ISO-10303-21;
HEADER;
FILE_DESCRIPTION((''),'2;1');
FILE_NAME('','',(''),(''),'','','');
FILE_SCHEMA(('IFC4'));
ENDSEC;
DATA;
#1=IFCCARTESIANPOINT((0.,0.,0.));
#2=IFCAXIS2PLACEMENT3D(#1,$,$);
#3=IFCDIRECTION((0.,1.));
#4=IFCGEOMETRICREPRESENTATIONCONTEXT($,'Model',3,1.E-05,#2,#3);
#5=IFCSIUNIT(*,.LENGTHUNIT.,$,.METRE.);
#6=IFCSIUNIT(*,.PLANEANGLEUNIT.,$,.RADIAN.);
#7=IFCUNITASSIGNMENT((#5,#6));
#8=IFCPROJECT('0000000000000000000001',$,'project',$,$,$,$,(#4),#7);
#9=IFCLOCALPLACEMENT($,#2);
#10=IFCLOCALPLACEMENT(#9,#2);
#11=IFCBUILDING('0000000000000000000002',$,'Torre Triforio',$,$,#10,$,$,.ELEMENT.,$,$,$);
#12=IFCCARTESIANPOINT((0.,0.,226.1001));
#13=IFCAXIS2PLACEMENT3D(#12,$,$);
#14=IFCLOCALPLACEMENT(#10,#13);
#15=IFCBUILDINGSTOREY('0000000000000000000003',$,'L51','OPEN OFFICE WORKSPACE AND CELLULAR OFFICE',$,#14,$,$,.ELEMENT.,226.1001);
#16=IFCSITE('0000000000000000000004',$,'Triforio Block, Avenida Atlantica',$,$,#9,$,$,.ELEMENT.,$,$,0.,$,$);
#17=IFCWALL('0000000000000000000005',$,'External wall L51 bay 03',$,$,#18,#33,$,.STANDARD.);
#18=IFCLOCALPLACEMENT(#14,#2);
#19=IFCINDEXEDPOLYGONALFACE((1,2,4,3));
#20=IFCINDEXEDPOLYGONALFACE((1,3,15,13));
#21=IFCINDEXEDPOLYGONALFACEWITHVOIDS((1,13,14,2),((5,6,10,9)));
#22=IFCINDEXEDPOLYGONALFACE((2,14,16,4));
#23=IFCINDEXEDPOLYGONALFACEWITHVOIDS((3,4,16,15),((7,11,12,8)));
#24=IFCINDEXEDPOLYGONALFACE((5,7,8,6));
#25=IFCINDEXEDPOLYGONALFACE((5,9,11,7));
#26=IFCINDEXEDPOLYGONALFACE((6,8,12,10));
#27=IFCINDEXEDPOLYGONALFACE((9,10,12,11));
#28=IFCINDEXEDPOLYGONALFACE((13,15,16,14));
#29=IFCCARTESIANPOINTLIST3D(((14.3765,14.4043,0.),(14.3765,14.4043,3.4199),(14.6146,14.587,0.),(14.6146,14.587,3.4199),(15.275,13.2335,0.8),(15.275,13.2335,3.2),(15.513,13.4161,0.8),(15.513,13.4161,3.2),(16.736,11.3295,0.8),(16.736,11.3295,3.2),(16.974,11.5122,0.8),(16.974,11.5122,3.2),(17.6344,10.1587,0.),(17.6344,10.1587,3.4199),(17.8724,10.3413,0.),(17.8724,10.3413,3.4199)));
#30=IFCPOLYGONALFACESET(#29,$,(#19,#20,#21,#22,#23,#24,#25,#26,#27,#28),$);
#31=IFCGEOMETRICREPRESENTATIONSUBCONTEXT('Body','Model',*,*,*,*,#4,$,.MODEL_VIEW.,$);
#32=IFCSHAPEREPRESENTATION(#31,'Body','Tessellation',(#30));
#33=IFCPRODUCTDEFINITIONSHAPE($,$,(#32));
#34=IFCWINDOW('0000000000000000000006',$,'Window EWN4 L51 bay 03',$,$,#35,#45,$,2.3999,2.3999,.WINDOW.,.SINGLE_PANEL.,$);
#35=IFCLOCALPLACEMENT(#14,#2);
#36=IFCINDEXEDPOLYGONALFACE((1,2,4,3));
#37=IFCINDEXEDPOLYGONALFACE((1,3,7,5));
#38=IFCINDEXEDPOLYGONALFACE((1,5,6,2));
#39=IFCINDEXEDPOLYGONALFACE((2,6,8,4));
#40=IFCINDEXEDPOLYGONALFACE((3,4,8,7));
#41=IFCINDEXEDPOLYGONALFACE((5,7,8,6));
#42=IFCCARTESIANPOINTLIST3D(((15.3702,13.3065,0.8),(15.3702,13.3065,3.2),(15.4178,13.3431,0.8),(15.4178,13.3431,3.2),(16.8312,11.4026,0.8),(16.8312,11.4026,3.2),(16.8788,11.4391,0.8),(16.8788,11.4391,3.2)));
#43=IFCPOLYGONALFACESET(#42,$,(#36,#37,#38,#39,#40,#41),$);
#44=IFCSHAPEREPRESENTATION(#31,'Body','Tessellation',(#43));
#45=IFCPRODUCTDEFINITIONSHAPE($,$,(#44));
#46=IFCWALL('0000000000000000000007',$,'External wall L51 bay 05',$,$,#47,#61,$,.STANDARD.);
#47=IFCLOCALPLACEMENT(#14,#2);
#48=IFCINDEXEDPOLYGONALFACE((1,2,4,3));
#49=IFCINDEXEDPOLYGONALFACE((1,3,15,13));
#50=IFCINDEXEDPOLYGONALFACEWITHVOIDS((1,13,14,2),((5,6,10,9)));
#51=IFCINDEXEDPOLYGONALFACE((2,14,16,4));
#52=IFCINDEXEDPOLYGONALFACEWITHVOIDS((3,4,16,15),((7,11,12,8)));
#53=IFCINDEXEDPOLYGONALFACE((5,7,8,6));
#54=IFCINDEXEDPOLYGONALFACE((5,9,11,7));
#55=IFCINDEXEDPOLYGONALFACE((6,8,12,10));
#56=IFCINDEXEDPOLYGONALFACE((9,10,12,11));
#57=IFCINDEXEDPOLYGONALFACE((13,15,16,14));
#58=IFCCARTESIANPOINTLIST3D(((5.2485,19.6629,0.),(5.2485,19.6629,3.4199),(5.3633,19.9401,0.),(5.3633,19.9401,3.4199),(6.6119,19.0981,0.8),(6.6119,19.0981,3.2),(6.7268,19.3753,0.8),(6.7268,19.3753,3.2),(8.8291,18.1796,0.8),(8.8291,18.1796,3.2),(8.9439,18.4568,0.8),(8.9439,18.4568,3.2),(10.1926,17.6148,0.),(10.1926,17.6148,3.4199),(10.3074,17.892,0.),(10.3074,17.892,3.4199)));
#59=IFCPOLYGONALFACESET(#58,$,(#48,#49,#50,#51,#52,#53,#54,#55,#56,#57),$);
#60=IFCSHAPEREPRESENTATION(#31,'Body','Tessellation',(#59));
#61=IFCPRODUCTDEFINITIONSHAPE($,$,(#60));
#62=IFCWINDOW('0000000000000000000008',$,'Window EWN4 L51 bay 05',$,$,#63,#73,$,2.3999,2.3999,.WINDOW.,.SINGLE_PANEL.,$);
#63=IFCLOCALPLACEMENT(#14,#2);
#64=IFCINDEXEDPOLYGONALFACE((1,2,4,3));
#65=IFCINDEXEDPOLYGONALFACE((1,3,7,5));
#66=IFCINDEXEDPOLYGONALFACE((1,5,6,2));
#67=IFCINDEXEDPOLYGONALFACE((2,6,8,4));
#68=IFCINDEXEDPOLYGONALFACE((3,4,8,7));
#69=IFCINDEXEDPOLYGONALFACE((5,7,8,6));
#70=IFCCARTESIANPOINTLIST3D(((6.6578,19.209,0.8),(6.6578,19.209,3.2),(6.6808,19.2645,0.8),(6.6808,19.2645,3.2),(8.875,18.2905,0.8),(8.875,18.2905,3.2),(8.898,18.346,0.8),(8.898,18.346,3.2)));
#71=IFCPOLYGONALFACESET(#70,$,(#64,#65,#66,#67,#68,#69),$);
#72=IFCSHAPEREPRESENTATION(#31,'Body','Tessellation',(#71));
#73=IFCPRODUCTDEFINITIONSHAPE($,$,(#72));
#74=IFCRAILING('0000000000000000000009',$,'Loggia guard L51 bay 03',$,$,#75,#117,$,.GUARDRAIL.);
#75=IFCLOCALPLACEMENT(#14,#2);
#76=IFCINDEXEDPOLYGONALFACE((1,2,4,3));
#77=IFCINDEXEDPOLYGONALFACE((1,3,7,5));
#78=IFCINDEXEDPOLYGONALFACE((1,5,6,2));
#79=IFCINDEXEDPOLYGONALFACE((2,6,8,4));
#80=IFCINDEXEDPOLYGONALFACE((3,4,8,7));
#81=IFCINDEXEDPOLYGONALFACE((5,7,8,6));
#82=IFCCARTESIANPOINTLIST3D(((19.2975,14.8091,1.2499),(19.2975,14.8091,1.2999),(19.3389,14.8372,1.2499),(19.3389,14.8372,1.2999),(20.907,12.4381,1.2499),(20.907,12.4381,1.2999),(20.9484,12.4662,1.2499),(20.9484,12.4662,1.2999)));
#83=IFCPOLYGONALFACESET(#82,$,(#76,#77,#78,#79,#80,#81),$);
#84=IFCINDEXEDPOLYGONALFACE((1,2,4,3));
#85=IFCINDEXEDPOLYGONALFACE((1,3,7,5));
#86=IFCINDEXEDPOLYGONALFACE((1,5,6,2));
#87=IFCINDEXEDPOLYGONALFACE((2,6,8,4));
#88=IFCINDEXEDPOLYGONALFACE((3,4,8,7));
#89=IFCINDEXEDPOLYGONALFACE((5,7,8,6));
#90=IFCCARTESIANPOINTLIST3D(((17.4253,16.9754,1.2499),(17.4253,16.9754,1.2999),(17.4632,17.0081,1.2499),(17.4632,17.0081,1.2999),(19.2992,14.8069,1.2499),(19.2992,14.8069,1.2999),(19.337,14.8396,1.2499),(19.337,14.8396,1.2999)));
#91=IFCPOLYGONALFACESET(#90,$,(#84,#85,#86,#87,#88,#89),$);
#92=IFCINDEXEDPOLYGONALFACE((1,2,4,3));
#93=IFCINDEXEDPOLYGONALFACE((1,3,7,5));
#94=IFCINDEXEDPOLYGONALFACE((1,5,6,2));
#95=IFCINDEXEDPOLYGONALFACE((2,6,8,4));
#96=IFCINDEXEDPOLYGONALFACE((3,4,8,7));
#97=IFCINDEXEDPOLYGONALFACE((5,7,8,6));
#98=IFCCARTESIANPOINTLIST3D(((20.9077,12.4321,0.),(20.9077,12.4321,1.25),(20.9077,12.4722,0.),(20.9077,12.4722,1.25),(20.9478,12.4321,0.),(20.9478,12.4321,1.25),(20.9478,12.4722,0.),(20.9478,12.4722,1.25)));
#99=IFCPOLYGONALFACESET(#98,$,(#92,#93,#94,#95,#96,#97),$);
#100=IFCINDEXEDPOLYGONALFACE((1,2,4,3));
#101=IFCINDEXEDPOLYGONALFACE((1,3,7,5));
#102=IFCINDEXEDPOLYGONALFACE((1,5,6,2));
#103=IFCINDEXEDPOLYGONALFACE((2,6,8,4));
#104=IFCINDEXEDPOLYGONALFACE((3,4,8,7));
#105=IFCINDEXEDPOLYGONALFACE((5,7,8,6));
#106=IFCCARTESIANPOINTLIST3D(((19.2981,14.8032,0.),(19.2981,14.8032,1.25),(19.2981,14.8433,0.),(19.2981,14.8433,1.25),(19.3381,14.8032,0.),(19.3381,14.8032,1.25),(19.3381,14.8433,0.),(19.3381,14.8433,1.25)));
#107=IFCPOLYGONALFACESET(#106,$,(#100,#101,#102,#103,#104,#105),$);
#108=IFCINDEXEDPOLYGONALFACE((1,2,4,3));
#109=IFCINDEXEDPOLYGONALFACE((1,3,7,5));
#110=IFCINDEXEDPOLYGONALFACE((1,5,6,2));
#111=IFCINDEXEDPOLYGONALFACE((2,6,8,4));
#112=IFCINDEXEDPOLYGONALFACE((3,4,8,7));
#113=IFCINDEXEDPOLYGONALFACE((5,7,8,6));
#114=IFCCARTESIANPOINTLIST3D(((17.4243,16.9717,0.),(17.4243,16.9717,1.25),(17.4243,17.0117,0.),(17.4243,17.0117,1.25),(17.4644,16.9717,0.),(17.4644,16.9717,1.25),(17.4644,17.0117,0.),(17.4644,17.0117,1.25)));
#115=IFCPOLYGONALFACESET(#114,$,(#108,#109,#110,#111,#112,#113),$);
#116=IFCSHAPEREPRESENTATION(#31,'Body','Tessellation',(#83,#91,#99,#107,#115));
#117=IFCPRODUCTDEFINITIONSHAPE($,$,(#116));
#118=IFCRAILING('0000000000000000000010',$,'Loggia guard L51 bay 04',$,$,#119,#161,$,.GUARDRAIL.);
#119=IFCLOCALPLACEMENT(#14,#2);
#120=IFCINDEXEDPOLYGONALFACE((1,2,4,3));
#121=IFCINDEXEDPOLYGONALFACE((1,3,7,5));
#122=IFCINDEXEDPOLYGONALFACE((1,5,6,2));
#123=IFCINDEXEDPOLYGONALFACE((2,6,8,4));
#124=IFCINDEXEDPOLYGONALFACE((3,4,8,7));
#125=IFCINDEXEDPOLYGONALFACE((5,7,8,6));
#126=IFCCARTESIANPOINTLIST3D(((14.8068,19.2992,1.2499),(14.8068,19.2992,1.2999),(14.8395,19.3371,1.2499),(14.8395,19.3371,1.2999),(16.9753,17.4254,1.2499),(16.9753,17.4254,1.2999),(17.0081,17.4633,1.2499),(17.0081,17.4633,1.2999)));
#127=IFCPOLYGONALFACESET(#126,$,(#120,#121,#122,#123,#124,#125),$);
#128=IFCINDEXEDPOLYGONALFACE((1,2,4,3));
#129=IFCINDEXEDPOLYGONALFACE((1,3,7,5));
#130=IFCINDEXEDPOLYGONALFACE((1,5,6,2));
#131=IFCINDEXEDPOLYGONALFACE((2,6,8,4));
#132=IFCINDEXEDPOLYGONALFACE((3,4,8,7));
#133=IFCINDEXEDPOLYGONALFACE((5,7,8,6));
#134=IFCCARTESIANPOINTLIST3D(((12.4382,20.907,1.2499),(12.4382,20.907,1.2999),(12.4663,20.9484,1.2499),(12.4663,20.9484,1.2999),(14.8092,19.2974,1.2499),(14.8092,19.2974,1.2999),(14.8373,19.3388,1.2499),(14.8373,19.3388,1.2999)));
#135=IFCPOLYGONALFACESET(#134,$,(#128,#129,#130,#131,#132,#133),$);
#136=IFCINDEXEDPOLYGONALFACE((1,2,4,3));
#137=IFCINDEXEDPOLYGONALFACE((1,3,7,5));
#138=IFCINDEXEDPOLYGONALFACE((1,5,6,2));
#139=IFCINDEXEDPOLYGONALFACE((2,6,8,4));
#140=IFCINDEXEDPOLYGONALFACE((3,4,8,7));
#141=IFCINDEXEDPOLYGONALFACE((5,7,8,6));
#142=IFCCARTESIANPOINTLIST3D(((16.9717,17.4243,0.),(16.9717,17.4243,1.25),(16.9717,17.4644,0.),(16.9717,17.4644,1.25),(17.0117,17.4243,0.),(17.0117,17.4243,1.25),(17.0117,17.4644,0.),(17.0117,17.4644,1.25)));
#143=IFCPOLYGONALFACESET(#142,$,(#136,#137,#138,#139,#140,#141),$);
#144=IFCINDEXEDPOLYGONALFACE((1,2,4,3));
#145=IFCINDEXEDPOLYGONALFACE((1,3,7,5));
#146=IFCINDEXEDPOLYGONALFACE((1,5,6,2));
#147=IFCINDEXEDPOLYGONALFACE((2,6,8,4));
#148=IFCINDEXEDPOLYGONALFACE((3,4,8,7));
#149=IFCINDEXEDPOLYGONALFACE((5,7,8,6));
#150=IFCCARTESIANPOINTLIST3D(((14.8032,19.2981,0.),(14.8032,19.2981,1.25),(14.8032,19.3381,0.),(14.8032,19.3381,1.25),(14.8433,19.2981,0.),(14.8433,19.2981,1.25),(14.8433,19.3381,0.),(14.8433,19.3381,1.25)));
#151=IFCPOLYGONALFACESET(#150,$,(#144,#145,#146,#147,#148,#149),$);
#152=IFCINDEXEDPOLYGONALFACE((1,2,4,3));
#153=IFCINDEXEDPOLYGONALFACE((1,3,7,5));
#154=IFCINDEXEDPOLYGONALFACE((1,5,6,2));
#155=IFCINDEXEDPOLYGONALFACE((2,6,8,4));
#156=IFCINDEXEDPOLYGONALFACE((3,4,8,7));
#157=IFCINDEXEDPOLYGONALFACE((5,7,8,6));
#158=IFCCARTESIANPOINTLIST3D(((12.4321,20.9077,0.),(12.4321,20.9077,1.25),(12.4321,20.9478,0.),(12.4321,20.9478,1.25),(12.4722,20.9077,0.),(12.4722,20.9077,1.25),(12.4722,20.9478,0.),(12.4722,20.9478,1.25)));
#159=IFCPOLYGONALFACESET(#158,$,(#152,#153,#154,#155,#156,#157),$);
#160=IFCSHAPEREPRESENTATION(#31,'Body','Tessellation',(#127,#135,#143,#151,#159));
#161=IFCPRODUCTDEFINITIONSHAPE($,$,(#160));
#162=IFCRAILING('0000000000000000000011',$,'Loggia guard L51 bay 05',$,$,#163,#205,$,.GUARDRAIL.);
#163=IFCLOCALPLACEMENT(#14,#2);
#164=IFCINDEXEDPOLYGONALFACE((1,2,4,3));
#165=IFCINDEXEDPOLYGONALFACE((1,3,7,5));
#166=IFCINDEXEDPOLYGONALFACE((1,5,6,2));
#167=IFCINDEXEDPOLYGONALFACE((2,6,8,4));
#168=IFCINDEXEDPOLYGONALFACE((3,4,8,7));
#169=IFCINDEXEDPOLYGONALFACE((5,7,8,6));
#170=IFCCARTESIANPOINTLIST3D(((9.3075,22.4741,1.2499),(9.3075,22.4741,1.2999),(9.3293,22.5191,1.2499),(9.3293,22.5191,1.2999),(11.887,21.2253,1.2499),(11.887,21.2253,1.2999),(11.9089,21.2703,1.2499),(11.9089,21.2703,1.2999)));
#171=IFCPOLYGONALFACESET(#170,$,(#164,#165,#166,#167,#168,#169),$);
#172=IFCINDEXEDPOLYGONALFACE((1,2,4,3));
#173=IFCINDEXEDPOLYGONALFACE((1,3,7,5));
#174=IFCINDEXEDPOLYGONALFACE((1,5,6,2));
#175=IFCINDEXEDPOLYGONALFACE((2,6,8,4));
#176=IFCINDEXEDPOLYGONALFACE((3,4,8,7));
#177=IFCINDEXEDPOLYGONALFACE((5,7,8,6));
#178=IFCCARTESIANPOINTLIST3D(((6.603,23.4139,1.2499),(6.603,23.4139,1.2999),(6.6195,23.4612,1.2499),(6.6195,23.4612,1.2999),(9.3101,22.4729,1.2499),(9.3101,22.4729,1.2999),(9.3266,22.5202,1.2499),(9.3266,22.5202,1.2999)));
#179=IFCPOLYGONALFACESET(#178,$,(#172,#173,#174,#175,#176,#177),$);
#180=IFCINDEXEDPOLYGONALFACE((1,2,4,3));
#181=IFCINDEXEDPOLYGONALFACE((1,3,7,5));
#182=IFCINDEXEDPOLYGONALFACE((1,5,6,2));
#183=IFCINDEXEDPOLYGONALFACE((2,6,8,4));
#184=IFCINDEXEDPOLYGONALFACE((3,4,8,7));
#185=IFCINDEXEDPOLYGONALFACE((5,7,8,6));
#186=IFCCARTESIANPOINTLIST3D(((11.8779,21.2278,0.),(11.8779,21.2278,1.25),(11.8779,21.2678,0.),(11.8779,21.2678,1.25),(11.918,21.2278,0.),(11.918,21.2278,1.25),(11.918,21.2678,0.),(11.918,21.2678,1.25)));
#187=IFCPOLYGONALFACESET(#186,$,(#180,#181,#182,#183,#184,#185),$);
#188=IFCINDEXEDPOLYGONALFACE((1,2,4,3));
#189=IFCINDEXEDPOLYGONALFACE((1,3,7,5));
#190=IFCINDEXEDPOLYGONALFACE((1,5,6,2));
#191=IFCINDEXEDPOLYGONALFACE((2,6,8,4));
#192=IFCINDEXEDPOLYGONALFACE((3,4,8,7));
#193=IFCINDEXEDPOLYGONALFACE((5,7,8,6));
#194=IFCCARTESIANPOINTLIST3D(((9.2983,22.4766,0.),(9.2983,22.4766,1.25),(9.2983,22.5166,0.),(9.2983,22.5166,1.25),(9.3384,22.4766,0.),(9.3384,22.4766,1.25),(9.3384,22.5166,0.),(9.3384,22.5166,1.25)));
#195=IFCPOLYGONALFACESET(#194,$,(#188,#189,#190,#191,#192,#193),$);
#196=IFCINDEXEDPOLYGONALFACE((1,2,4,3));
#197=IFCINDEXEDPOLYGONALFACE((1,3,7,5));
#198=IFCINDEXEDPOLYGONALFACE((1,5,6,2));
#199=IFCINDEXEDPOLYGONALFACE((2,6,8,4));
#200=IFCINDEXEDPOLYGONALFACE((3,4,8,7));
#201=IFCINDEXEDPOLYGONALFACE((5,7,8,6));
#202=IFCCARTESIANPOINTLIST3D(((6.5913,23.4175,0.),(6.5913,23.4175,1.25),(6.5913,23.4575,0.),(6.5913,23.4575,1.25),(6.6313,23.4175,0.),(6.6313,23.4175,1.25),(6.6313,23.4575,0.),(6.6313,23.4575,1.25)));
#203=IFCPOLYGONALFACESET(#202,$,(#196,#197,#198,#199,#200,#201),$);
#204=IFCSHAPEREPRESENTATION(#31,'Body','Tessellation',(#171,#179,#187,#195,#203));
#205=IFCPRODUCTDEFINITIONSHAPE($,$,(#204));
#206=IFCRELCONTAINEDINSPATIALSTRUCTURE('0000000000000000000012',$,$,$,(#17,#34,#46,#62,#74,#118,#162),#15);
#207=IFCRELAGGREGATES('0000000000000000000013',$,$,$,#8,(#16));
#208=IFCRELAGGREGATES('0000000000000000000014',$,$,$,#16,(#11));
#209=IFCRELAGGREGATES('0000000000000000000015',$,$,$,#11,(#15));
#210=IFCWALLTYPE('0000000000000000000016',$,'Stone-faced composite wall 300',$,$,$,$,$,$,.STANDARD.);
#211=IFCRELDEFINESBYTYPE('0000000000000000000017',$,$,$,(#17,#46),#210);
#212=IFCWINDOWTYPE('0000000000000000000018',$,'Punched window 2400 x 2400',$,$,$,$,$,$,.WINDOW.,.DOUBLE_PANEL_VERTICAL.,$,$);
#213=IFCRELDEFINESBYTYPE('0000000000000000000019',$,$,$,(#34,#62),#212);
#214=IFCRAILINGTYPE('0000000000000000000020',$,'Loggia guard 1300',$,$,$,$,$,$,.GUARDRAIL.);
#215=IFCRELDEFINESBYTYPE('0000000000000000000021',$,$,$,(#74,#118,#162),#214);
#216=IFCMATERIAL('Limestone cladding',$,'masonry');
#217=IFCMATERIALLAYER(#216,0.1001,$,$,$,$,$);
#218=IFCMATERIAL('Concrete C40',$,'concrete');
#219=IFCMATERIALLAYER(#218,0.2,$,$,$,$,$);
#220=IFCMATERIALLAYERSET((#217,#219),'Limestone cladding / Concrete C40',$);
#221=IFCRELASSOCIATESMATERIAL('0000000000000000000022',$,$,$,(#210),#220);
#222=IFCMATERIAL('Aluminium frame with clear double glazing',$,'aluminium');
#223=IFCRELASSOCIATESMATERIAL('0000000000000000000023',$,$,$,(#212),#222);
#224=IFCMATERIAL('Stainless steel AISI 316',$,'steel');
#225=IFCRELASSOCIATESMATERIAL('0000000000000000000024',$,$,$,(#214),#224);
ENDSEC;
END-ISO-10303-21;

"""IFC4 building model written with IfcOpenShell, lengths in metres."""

from ifc_helpers import new_model, si_unit, direction, frame, frame_2d, origin, origin_2d, place, context, subcontext, project, spatial, rectangle, extrude, material, layer, layer_set, type_object, element, fill, save


model = new_model("IFC4")

# Units and contexts
model_context = context("Model", 3, precision=1e-05, world=origin(), true_north=direction((0.0, 1.0)))
body_context = subcontext(model_context, "Body", "Model", "MODEL_VIEW")
ifc_project = project(units=[si_unit("LENGTHUNIT", "METRE"), si_unit("PLANEANGLEUNIT", "RADIAN")], contexts=[model_context])

# Site, building, storey
site_placement = place(None, origin())
site = spatial("IfcSite", under=ifc_project, at=site_placement, Name="Triforio Block, Avenida Atlantica", CompositionType="ELEMENT", RefElevation=0.0)
building_placement = place(site_placement, origin())
building = spatial("IfcBuilding", under=site, at=building_placement, Name="Torre Triforio", CompositionType="ELEMENT")
storey_placement = place(building_placement, frame((0.0, 0.0, 226.1001)))
storey = spatial("IfcBuildingStorey", under=building, at=storey_placement, Name="L51", Description="OPEN OFFICE WORKSPACE AND CELLULAR OFFICE", CompositionType="ELEMENT", Elevation=226.1001)

# Shared definitions
ifc_material_1 = material(Name="Concrete C40", Category="concrete")

# Shared definitions
ifc_material_2 = material(Name="Limestone cladding", Category="masonry")

# Wall, opening, window
ifc_layer_1 = layer(ifc_material_2, 0.1001)
ifc_layer_2 = layer(ifc_material_1, 0.2)
ifc_layer_set_1 = layer_set([ifc_layer_1, ifc_layer_2], Name="Limestone cladding / Concrete C40")
wall_type_1 = type_object("IfcWallType", Name="Stone-faced composite wall 300", PredefinedType="STANDARD", material=ifc_layer_set_1)
wall_1_placement = place(storey_placement, frame((17.7534, 10.25, 0.0), z_axis=(0.0, 0.0, 1.0), x_axis=(-0.608767, 0.793349, 0.0)))
wall_1 = element("IfcWall", 1, at=wall_1_placement, inside=storey, type_object=wall_type_1, Name="External wall L51 bay 03", PredefinedType="STANDARD", context=body_context, shape_type="SweptSolid", body=[
    extrude(rectangle(XDim=5.3516, YDim=0.3, at=frame_2d((2.6758, 0.0))), origin(), (0.0, 0.0, 1.0), 3.4199),
])
opening_1_placement = place(wall_1_placement, frame((1.4758, 0.0, 0.8)))
opening_1 = element("IfcOpeningElement", 2, at=opening_1_placement, cuts=wall_1, PredefinedType="OPENING", context=body_context, shape_type="SweptSolid", body=[
    extrude(rectangle(XDim=2.3999, YDim=2.3999, at=frame_2d((1.2, 1.2))), frame((0.0, 0.1599, 0.0), z_axis=(0.0, -1.0, 0.0), x_axis=(1.0, 0.0, 0.0)), (0.0, 0.0, 1.0), 0.3201),
])
ifc_material_3 = material(Name="Aluminium frame with clear double glazing", Category="aluminium")
window_type_1 = type_object("IfcWindowType", Name="Punched window 2400 x 2400", PartitioningType="DOUBLE_PANEL_VERTICAL", PredefinedType="WINDOW", material=ifc_material_3)
window_1_placement = place(opening_1_placement, origin())
window_1 = element("IfcWindow", 3, at=window_1_placement, inside=storey, type_object=window_type_1, Name="Window EWN4 L51 bay 03", OverallHeight=2.3999, OverallWidth=2.3999, PartitioningType="SINGLE_PANEL", PredefinedType="WINDOW", context=body_context, shape_type="SweptSolid", body=[
    extrude(rectangle(XDim=2.3999, YDim=2.3999, at=frame_2d((1.2, 1.2))), frame((0.0, 0.03, 0.0), z_axis=(0.0, -1.0, 0.0), x_axis=(1.0, 0.0, 0.0)), (0.0, 0.0, 1.0), 0.0601),
])
fill(opening_1, window_1)

# Wall, opening, window
wall_2_placement = place(storey_placement, frame((10.25, 17.7534, 0.0), z_axis=(0.0, 0.0, 1.0), x_axis=(-0.923867, 0.382713, 0.0)))
wall_2 = element("IfcWall", 4, at=wall_2_placement, inside=storey, type_object=wall_type_1, Name="External wall L51 bay 05", PredefinedType="STANDARD", context=body_context, shape_type="SweptSolid", body=[
    extrude(rectangle(XDim=5.3516, YDim=0.3, at=frame_2d((2.6758, 0.0))), origin(), (0.0, 0.0, 1.0), 3.4199),
])
opening_2_placement = place(wall_2_placement, frame((1.4758, 0.0, 0.8)))
opening_2 = element("IfcOpeningElement", 5, at=opening_2_placement, cuts=wall_2, PredefinedType="OPENING", context=body_context, shape_type="SweptSolid", body=[
    extrude(rectangle(XDim=2.3999, YDim=2.3999, at=frame_2d((1.2, 1.2))), frame((0.0, 0.1599, 0.0), z_axis=(0.0, -1.0, 0.0), x_axis=(1.0, 0.0, 0.0)), (0.0, 0.0, 1.0), 0.3201),
])
window_2_placement = place(opening_2_placement, origin())
window_2 = element("IfcWindow", 6, at=window_2_placement, inside=storey, type_object=window_type_1, Name="Window EWN4 L51 bay 05", OverallHeight=2.3999, OverallWidth=2.3999, PartitioningType="SINGLE_PANEL", PredefinedType="WINDOW", context=body_context, shape_type="SweptSolid", body=[
    extrude(rectangle(XDim=2.3999, YDim=2.3999, at=frame_2d((1.2, 1.2))), frame((0.0, 0.03, 0.0), z_axis=(0.0, -1.0, 0.0), x_axis=(1.0, 0.0, 0.0)), (0.0, 0.0, 1.0), 0.0601),
])
fill(opening_2, window_2)

# Railings
ifc_material_4 = material(Name="Stainless steel AISI 316", Category="steel")
railing_type = type_object("IfcRailingType", Name="Loggia guard 1300", PredefinedType="GUARDRAIL", material=ifc_material_4)
railing_1_placement = place(storey_placement, frame((20.9277, 12.4521, 0.0)))
element("IfcRailing", 7, at=railing_1_placement, inside=storey, type_object=railing_type, Name="Loggia guard L51 bay 03", PredefinedType="GUARDRAIL", context=body_context, shape_type="SweptSolid", body=[
    extrude(rectangle(XDim=0.05, YDim=0.05, at=origin_2d()), frame((0.0, 0.0, 1.2749), z_axis=(-0.56166, 0.827368, 0.0), x_axis=(-0.827368, -0.56166, 0.0)), (0.0, 0.0, 1.0), 2.8657),
    extrude(rectangle(XDim=0.05, YDim=0.05, at=origin_2d()), frame((-1.6096, 2.3711, 1.2749), z_axis=(-0.653824, 0.756647, 0.0), x_axis=(-0.756647, -0.653824, 0.0)), (0.0, 0.0, 1.0), 2.866),
    extrude(rectangle(XDim=0.04, YDim=0.04, at=origin_2d()), origin(), (0.0, 0.0, 1.0), 1.25),
    extrude(rectangle(XDim=0.04, YDim=0.04, at=origin_2d()), frame((-1.6096, 2.3711, 0.0)), (0.0, 0.0, 1.0), 1.25),
    extrude(rectangle(XDim=0.04, YDim=0.04, at=origin_2d()), frame((-3.4834, 4.5396, 0.0)), (0.0, 0.0, 1.0), 1.25),
])
railing_2_placement = place(storey_placement, frame((16.9917, 17.4443, 0.0)))
element("IfcRailing", 8, at=railing_2_placement, inside=storey, type_object=railing_type, Name="Loggia guard L51 bay 04", PredefinedType="GUARDRAIL", context=body_context, shape_type="SweptSolid", body=[
    extrude(rectangle(XDim=0.05, YDim=0.05, at=origin_2d()), frame((0.0, 0.0, 1.2749), z_axis=(-0.756647, 0.653824, 0.0), x_axis=(-0.653824, -0.756647, 0.0)), (0.0, 0.0, 1.0), 2.866),
    extrude(rectangle(XDim=0.05, YDim=0.05, at=origin_2d()), frame((-2.1685, 1.8738, 1.2749), z_axis=(-0.827368, 0.56166, 0.0), x_axis=(-0.56166, -0.827368, 0.0)), (0.0, 0.0, 1.0), 2.8657),
    extrude(rectangle(XDim=0.04, YDim=0.04, at=origin_2d()), origin(), (0.0, 0.0, 1.0), 1.25),
    extrude(rectangle(XDim=0.04, YDim=0.04, at=origin_2d()), frame((-2.1685, 1.8738, 0.0)), (0.0, 0.0, 1.0), 1.25),
    extrude(rectangle(XDim=0.04, YDim=0.04, at=origin_2d()), frame((-4.5396, 3.4834, 0.0)), (0.0, 0.0, 1.0), 1.25),
])
railing_3_placement = place(storey_placement, frame((11.8979, 21.2478, 0.0)))
element("IfcRailing", 9, at=railing_3_placement, inside=storey, type_object=railing_type, Name="Loggia guard L51 bay 05", PredefinedType="GUARDRAIL", context=body_context, shape_type="SweptSolid", body=[
    extrude(rectangle(XDim=0.05, YDim=0.05, at=origin_2d()), frame((0.0, 0.0, 1.2749), z_axis=(-0.900078, 0.435728, 0.0), x_axis=(-0.435728, -0.900078, 0.0)), (0.0, 0.0, 1.0), 2.866),
    extrude(rectangle(XDim=0.05, YDim=0.05, at=origin_2d()), frame((-2.5796, 1.2488, 1.2749), z_axis=(-0.944568, 0.328316, 0.0), x_axis=(-0.328316, -0.944568, 0.0)), (0.0, 0.0, 1.0), 2.866),
    extrude(rectangle(XDim=0.04, YDim=0.04, at=origin_2d()), origin(), (0.0, 0.0, 1.0), 1.25),
    extrude(rectangle(XDim=0.04, YDim=0.04, at=origin_2d()), frame((-2.5796, 1.2488, 0.0)), (0.0, 0.0, 1.0), 1.25),
    extrude(rectangle(XDim=0.04, YDim=0.04, at=origin_2d()), frame((-5.2866, 2.1897, 0.0)), (0.0, 0.0, 1.0), 1.25),
])

save(model, "model.ifc")
